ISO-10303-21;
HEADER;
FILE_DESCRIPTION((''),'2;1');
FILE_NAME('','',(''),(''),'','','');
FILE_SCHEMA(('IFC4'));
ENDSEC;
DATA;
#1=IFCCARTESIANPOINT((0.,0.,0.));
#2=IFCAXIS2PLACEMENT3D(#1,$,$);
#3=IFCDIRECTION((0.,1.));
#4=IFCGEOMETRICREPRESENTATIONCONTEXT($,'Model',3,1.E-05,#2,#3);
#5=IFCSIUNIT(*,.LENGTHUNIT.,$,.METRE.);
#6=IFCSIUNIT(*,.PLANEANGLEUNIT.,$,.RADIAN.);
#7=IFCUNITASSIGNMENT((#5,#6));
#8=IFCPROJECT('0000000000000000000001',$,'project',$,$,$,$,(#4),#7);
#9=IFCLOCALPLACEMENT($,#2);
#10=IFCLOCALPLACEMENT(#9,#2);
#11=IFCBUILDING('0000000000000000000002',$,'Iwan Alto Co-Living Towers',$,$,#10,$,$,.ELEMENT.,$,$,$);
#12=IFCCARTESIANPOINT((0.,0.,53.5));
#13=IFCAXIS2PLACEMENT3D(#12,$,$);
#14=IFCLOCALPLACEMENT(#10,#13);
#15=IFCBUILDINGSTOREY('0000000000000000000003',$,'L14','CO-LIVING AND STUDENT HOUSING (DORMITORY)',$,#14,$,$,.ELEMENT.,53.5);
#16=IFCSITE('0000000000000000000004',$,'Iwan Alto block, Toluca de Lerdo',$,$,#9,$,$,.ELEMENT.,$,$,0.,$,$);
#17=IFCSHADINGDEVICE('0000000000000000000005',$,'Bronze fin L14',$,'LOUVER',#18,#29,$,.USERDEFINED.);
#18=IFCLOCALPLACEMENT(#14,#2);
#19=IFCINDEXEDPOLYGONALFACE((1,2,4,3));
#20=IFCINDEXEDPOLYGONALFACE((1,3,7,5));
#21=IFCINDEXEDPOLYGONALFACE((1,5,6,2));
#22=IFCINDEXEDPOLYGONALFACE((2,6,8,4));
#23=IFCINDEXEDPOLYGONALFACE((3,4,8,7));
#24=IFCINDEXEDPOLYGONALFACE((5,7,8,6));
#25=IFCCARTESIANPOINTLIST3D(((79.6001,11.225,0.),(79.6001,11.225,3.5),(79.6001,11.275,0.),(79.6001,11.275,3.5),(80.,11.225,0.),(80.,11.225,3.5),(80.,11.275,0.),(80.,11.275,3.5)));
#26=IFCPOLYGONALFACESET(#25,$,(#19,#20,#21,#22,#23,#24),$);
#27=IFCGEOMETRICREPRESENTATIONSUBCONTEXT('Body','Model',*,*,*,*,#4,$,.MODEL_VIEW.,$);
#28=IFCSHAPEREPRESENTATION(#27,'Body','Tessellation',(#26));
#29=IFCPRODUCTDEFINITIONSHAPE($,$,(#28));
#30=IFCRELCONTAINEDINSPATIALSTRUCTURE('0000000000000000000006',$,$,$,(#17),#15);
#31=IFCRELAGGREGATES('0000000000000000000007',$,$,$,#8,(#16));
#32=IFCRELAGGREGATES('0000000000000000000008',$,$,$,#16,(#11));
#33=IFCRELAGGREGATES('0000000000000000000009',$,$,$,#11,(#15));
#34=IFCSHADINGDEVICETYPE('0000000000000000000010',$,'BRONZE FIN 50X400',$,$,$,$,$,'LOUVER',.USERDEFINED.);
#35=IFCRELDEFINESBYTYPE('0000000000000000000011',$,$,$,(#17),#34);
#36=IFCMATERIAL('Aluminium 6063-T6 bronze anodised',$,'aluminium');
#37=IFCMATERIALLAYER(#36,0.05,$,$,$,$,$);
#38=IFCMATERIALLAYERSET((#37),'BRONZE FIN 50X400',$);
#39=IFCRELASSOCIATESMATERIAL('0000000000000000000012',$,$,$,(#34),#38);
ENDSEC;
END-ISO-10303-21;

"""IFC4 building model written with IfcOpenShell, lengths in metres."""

from ifc_helpers import new_model, si_unit, direction, frame, origin, origin_2d, place, context, subcontext, project, spatial, rectangle, extrude, material, layer, layer_set, type_object, element, save


model = new_model("IFC4")

# Units and contexts
model_context = context("Model", 3, precision=1e-05, world=origin(), true_north=direction((0.0, 1.0)))
body_context = subcontext(model_context, "Body", "Model", "MODEL_VIEW")
ifc_project = project(units=[si_unit("LENGTHUNIT", "METRE"), si_unit("PLANEANGLEUNIT", "RADIAN")], contexts=[model_context])

# Site, building, storey
site_placement = place(None, origin())
site = spatial("IfcSite", under=ifc_project, at=site_placement, Name="Iwan Alto block, Toluca de Lerdo", CompositionType="ELEMENT", RefElevation=0.0)
building_placement = place(site_placement, origin())
building = spatial("IfcBuilding", under=site, at=building_placement, Name="Iwan Alto Co-Living Towers", CompositionType="ELEMENT")
storey_placement = place(building_placement, frame((0.0, 0.0, 53.5)))
storey = spatial("IfcBuildingStorey", under=building, at=storey_placement, Name="L14", Description="CO-LIVING AND STUDENT HOUSING (DORMITORY)", CompositionType="ELEMENT", Elevation=53.5)

# Shading device
ifc_material_1 = material(Name="Aluminium 6063-T6 bronze anodised", Category="aluminium")
ifc_layer_1 = layer(ifc_material_1, 0.05)
ifc_layer_set_1 = layer_set([ifc_layer_1], Name="BRONZE FIN 50X400")
shading_device_type = type_object("IfcShadingDeviceType", Name="BRONZE FIN 50X400", ElementType="LOUVER", PredefinedType="USERDEFINED", material=ifc_layer_set_1)
shading_device_placement = place(storey_placement, frame((79.8, 11.25, 0.0), z_axis=(0.0, 0.0, 1.0), x_axis=(0.0, 1.0, 0.0)))
element("IfcShadingDevice", 1, at=shading_device_placement, inside=storey, type_object=shading_device_type, Name="Bronze fin L14", ObjectType="LOUVER", PredefinedType="USERDEFINED", context=body_context, shape_type="SweptSolid", body=[
    extrude(rectangle(XDim=0.05, YDim=0.3999, at=origin_2d()), origin(), (0.0, 0.0, 1.0), 3.5),
])

save(model, "model.ifc")
